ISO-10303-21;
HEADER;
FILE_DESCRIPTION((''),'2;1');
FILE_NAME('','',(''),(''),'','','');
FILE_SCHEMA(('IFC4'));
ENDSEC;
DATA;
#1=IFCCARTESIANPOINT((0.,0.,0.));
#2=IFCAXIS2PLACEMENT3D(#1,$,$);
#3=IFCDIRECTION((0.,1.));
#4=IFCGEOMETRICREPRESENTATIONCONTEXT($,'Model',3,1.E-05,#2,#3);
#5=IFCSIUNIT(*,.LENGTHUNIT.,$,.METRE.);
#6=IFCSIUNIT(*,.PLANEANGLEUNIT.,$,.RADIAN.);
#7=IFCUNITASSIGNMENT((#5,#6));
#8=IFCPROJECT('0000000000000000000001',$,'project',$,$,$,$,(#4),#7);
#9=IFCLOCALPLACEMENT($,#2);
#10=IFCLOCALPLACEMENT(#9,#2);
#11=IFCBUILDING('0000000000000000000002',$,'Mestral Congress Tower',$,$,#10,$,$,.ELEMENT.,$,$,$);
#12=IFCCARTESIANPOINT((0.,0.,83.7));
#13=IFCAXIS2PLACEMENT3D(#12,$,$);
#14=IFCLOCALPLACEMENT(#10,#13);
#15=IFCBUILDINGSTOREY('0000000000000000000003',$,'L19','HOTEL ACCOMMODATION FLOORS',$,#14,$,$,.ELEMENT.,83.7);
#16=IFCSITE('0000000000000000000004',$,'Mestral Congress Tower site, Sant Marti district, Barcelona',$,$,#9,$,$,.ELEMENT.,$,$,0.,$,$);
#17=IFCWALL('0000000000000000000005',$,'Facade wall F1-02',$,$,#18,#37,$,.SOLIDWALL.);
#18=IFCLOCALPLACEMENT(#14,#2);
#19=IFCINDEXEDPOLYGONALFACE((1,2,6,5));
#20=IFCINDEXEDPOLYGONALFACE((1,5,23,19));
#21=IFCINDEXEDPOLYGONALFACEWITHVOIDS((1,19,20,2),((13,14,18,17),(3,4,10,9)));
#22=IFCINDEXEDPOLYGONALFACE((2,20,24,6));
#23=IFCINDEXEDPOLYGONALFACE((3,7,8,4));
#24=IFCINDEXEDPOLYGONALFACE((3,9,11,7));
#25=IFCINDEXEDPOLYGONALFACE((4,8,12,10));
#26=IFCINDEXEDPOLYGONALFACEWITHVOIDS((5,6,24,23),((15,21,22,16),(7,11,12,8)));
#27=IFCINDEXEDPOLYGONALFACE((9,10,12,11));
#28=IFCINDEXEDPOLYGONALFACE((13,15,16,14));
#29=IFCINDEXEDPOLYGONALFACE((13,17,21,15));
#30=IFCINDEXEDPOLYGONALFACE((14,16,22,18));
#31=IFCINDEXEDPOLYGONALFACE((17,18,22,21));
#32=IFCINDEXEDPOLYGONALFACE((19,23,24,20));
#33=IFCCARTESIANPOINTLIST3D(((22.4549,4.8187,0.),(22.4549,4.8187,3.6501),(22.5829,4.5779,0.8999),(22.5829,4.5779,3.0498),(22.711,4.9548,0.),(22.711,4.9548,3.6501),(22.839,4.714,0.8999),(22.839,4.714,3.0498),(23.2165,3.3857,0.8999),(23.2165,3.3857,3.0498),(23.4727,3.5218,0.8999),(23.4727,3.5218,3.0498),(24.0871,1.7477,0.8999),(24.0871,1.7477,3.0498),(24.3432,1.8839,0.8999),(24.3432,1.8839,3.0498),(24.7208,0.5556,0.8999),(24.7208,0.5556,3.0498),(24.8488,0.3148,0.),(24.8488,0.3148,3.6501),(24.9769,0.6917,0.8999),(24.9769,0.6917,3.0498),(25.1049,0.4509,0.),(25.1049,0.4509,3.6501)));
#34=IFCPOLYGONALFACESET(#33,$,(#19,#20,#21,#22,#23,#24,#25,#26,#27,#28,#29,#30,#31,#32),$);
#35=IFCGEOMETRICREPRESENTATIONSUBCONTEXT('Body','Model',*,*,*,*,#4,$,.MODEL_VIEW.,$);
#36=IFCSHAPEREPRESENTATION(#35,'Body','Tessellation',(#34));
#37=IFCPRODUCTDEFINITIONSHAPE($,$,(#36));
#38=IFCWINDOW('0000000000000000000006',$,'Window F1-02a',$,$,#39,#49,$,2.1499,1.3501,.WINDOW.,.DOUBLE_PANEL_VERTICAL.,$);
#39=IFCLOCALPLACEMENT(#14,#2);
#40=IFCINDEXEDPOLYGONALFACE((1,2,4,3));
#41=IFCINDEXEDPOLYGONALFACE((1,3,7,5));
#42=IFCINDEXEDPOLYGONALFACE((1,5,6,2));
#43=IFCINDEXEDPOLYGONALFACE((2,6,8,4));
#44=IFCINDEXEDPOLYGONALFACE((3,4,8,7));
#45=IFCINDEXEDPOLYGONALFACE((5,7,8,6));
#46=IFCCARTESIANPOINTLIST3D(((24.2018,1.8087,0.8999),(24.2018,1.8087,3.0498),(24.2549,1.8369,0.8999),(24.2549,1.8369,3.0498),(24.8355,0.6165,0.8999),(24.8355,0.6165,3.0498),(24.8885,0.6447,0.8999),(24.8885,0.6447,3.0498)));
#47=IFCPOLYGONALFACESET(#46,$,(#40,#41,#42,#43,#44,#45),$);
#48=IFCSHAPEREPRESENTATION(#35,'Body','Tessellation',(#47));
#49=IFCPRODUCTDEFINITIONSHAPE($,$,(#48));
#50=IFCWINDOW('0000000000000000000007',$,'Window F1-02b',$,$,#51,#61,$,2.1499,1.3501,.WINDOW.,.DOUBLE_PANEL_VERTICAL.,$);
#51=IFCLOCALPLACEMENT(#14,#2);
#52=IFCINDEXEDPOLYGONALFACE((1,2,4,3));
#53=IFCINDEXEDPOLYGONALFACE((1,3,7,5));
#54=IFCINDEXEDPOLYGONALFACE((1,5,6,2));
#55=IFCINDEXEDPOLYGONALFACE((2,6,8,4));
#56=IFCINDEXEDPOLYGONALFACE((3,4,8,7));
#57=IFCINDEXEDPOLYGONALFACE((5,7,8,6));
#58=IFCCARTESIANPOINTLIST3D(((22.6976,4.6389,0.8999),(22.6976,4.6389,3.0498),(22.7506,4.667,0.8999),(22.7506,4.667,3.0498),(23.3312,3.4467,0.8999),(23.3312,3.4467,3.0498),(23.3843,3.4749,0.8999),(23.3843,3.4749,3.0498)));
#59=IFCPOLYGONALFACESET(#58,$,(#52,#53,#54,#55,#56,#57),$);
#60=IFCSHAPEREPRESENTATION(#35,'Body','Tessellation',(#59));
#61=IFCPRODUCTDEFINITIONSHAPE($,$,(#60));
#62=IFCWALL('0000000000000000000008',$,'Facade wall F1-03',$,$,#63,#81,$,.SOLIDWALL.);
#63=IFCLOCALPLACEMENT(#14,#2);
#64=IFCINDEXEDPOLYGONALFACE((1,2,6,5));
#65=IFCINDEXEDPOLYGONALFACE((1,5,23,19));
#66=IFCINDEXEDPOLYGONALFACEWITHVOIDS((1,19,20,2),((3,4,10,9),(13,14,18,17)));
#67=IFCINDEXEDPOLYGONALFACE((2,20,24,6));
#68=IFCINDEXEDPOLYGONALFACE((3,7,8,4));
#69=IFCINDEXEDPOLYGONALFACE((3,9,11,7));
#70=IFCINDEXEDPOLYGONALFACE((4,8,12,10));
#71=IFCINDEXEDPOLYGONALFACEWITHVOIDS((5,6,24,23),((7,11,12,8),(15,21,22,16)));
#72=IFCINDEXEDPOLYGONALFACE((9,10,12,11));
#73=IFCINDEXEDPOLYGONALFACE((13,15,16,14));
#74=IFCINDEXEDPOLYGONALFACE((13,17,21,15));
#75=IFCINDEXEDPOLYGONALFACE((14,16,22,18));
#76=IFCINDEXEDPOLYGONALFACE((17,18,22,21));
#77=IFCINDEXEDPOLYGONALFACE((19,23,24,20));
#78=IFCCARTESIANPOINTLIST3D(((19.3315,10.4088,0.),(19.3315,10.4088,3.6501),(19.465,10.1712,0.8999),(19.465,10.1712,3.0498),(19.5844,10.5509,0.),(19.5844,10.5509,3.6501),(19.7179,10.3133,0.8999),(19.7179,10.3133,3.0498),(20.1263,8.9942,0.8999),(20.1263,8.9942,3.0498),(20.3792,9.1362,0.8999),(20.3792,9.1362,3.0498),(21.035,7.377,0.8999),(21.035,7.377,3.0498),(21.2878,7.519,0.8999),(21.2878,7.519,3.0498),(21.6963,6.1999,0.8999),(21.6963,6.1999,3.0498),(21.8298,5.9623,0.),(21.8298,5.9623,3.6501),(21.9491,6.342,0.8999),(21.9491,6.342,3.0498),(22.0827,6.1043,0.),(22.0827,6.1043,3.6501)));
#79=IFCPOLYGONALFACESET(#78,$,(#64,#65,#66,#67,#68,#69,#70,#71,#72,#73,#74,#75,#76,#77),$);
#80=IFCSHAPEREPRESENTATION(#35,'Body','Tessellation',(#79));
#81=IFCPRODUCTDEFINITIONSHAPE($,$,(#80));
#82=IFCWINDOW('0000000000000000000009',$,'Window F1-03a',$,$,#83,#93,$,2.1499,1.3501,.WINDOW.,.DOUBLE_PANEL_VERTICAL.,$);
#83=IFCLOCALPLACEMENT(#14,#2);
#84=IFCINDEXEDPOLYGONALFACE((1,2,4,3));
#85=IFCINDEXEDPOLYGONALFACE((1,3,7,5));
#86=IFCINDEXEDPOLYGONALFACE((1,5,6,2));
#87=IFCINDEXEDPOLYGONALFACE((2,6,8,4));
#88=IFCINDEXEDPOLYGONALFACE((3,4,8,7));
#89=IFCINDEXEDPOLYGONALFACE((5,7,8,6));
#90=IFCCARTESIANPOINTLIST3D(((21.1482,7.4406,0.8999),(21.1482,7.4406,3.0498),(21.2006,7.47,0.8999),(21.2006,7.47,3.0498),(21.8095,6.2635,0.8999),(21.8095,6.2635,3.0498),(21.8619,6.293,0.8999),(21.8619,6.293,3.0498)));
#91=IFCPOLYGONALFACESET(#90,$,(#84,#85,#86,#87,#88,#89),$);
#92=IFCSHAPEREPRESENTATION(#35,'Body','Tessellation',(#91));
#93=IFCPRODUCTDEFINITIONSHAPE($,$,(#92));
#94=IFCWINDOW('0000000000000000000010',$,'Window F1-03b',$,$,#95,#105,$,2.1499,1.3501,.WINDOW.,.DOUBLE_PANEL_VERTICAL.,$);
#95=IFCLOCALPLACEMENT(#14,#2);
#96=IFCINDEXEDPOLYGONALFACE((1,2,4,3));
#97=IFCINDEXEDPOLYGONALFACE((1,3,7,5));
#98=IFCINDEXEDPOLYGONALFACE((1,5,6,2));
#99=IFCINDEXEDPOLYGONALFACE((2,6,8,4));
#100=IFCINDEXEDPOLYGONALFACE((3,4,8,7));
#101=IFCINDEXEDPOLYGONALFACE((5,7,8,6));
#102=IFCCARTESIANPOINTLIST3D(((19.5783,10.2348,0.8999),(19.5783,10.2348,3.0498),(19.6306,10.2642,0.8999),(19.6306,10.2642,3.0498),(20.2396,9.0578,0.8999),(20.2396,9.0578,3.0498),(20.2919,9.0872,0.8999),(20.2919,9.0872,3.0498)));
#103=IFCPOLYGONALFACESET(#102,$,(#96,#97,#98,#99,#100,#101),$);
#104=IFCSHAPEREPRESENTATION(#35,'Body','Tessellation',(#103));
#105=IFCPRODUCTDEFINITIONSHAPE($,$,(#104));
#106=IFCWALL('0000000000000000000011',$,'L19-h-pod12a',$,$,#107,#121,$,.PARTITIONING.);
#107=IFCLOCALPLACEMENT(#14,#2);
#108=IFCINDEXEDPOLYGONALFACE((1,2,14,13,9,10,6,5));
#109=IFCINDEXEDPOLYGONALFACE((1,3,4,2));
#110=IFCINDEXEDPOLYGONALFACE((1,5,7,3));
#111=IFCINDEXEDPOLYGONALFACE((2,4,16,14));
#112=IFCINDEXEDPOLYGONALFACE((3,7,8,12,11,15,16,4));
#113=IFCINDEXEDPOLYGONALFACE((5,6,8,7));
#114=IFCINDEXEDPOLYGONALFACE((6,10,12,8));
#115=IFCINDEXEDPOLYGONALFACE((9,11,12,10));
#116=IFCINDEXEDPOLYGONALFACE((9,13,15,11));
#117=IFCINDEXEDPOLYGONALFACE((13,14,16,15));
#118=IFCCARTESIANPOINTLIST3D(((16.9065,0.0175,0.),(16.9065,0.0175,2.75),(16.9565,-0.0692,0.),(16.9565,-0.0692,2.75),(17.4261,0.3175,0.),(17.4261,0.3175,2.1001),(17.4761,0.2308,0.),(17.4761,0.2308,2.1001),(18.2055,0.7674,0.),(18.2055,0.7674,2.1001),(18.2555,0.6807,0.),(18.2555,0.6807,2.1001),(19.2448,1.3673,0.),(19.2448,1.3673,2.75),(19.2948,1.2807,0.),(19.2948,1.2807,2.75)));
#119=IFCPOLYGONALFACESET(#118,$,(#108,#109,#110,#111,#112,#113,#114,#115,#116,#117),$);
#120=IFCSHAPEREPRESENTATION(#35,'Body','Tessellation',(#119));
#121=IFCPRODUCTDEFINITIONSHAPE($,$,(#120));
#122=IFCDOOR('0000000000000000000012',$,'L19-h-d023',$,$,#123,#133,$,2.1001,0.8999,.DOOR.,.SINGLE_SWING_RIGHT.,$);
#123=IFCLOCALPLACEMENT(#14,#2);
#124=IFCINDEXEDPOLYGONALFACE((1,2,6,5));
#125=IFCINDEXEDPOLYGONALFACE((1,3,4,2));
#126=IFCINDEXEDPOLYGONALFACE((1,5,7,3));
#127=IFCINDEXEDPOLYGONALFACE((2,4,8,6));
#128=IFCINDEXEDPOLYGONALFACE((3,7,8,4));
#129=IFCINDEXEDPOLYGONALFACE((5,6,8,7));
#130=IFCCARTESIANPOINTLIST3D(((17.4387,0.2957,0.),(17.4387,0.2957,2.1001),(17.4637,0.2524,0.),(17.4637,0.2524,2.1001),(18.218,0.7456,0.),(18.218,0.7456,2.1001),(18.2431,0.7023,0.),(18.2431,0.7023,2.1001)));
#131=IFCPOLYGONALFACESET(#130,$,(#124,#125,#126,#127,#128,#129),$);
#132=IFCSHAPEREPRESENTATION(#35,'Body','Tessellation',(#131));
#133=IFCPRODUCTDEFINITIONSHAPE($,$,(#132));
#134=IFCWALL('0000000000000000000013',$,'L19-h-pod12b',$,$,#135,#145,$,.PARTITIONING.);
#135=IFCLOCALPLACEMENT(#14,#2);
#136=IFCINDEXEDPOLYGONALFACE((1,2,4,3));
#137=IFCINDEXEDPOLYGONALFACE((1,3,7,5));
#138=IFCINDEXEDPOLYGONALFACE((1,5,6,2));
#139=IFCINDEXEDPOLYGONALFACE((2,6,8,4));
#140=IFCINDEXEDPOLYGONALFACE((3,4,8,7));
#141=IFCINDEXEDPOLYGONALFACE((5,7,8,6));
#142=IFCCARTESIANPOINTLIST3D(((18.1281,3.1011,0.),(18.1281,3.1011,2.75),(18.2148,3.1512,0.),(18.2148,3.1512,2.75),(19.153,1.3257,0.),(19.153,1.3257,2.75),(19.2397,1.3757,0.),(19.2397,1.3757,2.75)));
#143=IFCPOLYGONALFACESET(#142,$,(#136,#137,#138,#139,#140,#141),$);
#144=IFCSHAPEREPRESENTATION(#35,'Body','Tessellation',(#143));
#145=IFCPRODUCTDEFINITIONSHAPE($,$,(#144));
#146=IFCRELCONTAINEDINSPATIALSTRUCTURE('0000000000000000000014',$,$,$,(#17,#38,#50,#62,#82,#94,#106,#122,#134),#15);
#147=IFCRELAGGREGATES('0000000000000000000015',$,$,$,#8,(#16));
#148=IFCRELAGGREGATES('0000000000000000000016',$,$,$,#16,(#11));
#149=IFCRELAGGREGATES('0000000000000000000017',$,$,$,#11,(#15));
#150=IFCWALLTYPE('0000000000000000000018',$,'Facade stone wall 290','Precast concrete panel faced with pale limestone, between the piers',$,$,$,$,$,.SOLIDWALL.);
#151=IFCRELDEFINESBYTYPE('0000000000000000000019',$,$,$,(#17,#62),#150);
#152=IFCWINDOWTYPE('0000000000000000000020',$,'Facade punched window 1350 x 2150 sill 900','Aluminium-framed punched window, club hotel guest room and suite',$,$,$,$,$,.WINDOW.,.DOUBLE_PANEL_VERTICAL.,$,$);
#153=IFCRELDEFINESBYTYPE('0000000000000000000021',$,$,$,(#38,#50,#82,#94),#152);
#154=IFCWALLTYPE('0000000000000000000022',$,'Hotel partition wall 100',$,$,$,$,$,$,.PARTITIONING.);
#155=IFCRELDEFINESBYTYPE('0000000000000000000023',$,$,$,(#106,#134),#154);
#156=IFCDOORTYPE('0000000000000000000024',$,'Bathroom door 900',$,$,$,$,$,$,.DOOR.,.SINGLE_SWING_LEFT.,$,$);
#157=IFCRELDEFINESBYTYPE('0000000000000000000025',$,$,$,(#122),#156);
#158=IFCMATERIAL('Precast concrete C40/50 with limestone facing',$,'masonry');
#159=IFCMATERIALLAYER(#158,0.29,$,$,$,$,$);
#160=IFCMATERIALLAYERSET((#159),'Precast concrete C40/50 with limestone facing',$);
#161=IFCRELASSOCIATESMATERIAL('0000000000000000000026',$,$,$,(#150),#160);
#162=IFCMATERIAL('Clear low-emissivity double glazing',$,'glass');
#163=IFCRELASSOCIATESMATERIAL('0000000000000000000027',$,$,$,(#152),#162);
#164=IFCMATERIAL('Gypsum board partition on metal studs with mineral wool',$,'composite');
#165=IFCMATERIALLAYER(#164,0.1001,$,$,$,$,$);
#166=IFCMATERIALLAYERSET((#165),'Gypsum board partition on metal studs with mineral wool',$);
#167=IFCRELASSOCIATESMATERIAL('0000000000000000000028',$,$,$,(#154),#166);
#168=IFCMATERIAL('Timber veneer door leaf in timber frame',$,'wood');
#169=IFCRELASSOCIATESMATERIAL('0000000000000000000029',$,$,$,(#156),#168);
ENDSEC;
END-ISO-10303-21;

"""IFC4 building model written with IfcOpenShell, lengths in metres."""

from ifc_helpers import new_model, si_unit, direction, frame, frame_2d, origin, place, context, subcontext, project, spatial, rectangle, extrude, material, layer, layer_set, type_object, element, fill, save


model = new_model("IFC4")

# Units and contexts
model_context = context("Model", 3, precision=1e-05, world=origin(), true_north=direction((0.0, 1.0)))
body_context = subcontext(model_context, "Body", "Model", "MODEL_VIEW")
ifc_project = project(units=[si_unit("LENGTHUNIT", "METRE"), si_unit("PLANEANGLEUNIT", "RADIAN")], contexts=[model_context])

# Site, building, storey
site_placement = place(None, origin())
site = spatial("IfcSite", under=ifc_project, at=site_placement, Name="Mestral Congress Tower site, Sant Marti district, Barcelona", CompositionType="ELEMENT", RefElevation=0.0)
building_placement = place(site_placement, origin())
building = spatial("IfcBuilding", under=site, at=building_placement, Name="Mestral Congress Tower", CompositionType="ELEMENT")
storey_placement = place(building_placement, frame((0.0, 0.0, 83.7)))
storey = spatial("IfcBuildingStorey", under=building, at=storey_placement, Name="L19", Description="HOTEL ACCOMMODATION FLOORS", CompositionType="ELEMENT", Elevation=83.7)

# Walls, openings, windows
ifc_material_1 = material(Name="Precast concrete C40/50 with limestone facing", Category="masonry")
ifc_layer_1 = layer(ifc_material_1, 0.29)
ifc_layer_set_1 = layer_set([ifc_layer_1], Name="Precast concrete C40/50 with limestone facing")
wall_type_1 = type_object("IfcWallType", Name="Facade stone wall 290", Description="Precast concrete panel faced with pale limestone, between the piers", PredefinedType="SOLIDWALL", material=ifc_layer_set_1)
wall_1_placement = place(storey_placement, frame((24.9768, 0.3828, 0.0), z_axis=(0.0, 0.0, 1.0), x_axis=(-0.469323, 0.883026, 0.0)))
wall_1 = element("IfcWall", 1, at=wall_1_placement, inside=storey, type_object=wall_type_1, Name="Facade wall F1-02", PredefinedType="SOLIDWALL", context=body_context, shape_type="SweptSolid", body=[
    extrude(rectangle(XDim=5.1006, YDim=0.29, at=frame_2d((2.5503, 0.0))), origin(), (0.0, 0.0, 1.0), 3.6501),
])
opening_1_placement = place(wall_1_placement, frame((0.2727, 0.0, 0.8999)))
opening_1 = element("IfcOpeningElement", 2, at=opening_1_placement, cuts=wall_1, PredefinedType="OPENING", context=body_context, shape_type="SweptSolid", body=[
    extrude(rectangle(XDim=1.3501, YDim=2.1499, at=frame_2d((0.675, 1.075))), frame((0.0, 0.155, 0.0), z_axis=(0.0, -1.0, 0.0), x_axis=(1.0, 0.0, 0.0)), (0.0, 0.0, 1.0), 0.3101),
])
opening_2_placement = place(wall_1_placement, frame((3.4778, 0.0, 0.8999)))
opening_2 = element("IfcOpeningElement", 3, at=opening_2_placement, cuts=wall_1, PredefinedType="OPENING", context=body_context, shape_type="SweptSolid", body=[
    extrude(rectangle(XDim=1.3501, YDim=2.1499, at=frame_2d((0.675, 1.075))), frame((0.0, 0.155, 0.0), z_axis=(0.0, -1.0, 0.0), x_axis=(1.0, 0.0, 0.0)), (0.0, 0.0, 1.0), 0.3101),
])
ifc_material_2 = material(Name="Clear low-emissivity double glazing", Category="glass")
window_type = type_object("IfcWindowType", Name="Facade punched window 1350 x 2150 sill 900", Description="Aluminium-framed punched window, club hotel guest room and suite", PartitioningType="DOUBLE_PANEL_VERTICAL", PredefinedType="WINDOW", material=ifc_material_2)
window_1_placement = place(opening_1_placement, origin())
window_1 = element("IfcWindow", 4, at=window_1_placement, inside=storey, type_object=window_type, Name="Window F1-02a", OverallHeight=2.1499, OverallWidth=1.3501, PartitioningType="DOUBLE_PANEL_VERTICAL", PredefinedType="WINDOW", context=body_context, shape_type="SweptSolid", body=[
    extrude(rectangle(XDim=1.3501, YDim=2.1499, at=frame_2d((0.675, 1.075))), frame((0.0, 0.0151, 0.0), z_axis=(0.0, -1.0, 0.0), x_axis=(1.0, 0.0, 0.0)), (0.0, 0.0, 1.0), 0.0601),
])
fill(opening_1, window_1)
window_2_placement = place(opening_2_placement, origin())
window_2 = element("IfcWindow", 5, at=window_2_placement, inside=storey, type_object=window_type, Name="Window F1-02b", OverallHeight=2.1499, OverallWidth=1.3501, PartitioningType="DOUBLE_PANEL_VERTICAL", PredefinedType="WINDOW", context=body_context, shape_type="SweptSolid", body=[
    extrude(rectangle(XDim=1.3501, YDim=2.1499, at=frame_2d((0.675, 1.075))), frame((0.0, 0.0151, 0.0), z_axis=(0.0, -1.0, 0.0), x_axis=(1.0, 0.0, 0.0)), (0.0, 0.0, 1.0), 0.0601),
])
fill(opening_2, window_2)
wall_2_placement = place(storey_placement, frame((21.9563, 6.0332, 0.0), z_axis=(0.0, 0.0, 1.0), x_axis=(-0.489832, 0.871817, 0.0)))
wall_2 = element("IfcWall", 6, at=wall_2_placement, inside=storey, type_object=wall_type_1, Name="Facade wall F1-03", PredefinedType="SOLIDWALL", context=body_context, shape_type="SweptSolid", body=[
    extrude(rectangle(XDim=5.1003, YDim=0.29, at=frame_2d((2.5503, 0.0))), origin(), (0.0, 0.0, 1.0), 3.6501),
])
opening_3_placement = place(wall_2_placement, frame((0.2727, 0.0, 0.8999)))
opening_3 = element("IfcOpeningElement", 7, at=opening_3_placement, cuts=wall_2, PredefinedType="OPENING", context=body_context, shape_type="SweptSolid", body=[
    extrude(rectangle(XDim=1.3501, YDim=2.1499, at=frame_2d((0.675, 1.075))), frame((0.0, 0.155, 0.0), z_axis=(0.0, -1.0, 0.0), x_axis=(1.0, 0.0, 0.0)), (0.0, 0.0, 1.0), 0.3101),
])
opening_4_placement = place(wall_2_placement, frame((3.4778, 0.0, 0.8999)))
opening_4 = element("IfcOpeningElement", 8, at=opening_4_placement, cuts=wall_2, PredefinedType="OPENING", context=body_context, shape_type="SweptSolid", body=[
    extrude(rectangle(XDim=1.3501, YDim=2.1499, at=frame_2d((0.675, 1.075))), frame((0.0, 0.155, 0.0), z_axis=(0.0, -1.0, 0.0), x_axis=(1.0, 0.0, 0.0)), (0.0, 0.0, 1.0), 0.3101),
])
window_3_placement = place(opening_3_placement, origin())
window_3 = element("IfcWindow", 9, at=window_3_placement, inside=storey, type_object=window_type, Name="Window F1-03a", OverallHeight=2.1499, OverallWidth=1.3501, PartitioningType="DOUBLE_PANEL_VERTICAL", PredefinedType="WINDOW", context=body_context, shape_type="SweptSolid", body=[
    extrude(rectangle(XDim=1.3501, YDim=2.1499, at=frame_2d((0.675, 1.075))), frame((0.0, 0.0151, 0.0), z_axis=(0.0, -1.0, 0.0), x_axis=(1.0, 0.0, 0.0)), (0.0, 0.0, 1.0), 0.0601),
])
fill(opening_3, window_3)
window_4_placement = place(opening_4_placement, origin())
window_4 = element("IfcWindow", 10, at=window_4_placement, inside=storey, type_object=window_type, Name="Window F1-03b", OverallHeight=2.1499, OverallWidth=1.3501, PartitioningType="DOUBLE_PANEL_VERTICAL", PredefinedType="WINDOW", context=body_context, shape_type="SweptSolid", body=[
    extrude(rectangle(XDim=1.3501, YDim=2.1499, at=frame_2d((0.675, 1.075))), frame((0.0, 0.0151, 0.0), z_axis=(0.0, -1.0, 0.0), x_axis=(1.0, 0.0, 0.0)), (0.0, 0.0, 1.0), 0.0601),
])
fill(opening_4, window_4)

# Wall, opening, door
ifc_material_3 = material(Name="Gypsum board partition on metal studs with mineral wool", Category="composite")
ifc_layer_2 = layer(ifc_material_3, 0.1001)
ifc_layer_set_2 = layer_set([ifc_layer_2], Name="Gypsum board partition on metal studs with mineral wool")
wall_type_2 = type_object("IfcWallType", Name="Hotel partition wall 100", PredefinedType="PARTITIONING", material=ifc_layer_set_2)
wall_3_placement = place(storey_placement, frame((16.9314, -0.0259, 0.0), z_axis=(0.0, 0.0, 1.0), x_axis=(0.866059, 0.499942, 0.0)))
wall_3 = element("IfcWall", 11, at=wall_3_placement, inside=storey, type_object=wall_type_2, Name="L19-h-pod12a", PredefinedType="PARTITIONING", context=body_context, shape_type="SweptSolid", body=[
    extrude(rectangle(XDim=2.7, YDim=0.1001, at=frame_2d((1.3501, 0.0))), origin(), (0.0, 0.0, 1.0), 2.75),
])
opening_5_placement = place(wall_3_placement, frame((0.6001, 0.0, 0.0)))
opening_5 = element("IfcOpeningElement", 12, at=opening_5_placement, cuts=wall_3, PredefinedType="OPENING", context=body_context, shape_type="SweptSolid", body=[
    extrude(rectangle(XDim=0.8999, YDim=2.1001, at=frame_2d((0.45, 1.05))), frame((0.0, 0.0601, 0.0), z_axis=(0.0, -1.0, 0.0), x_axis=(1.0, 0.0, 0.0)), (0.0, 0.0, 1.0), 0.1201),
])
ifc_material_4 = material(Name="Timber veneer door leaf in timber frame", Category="wood")
door_type_1 = type_object("IfcDoorType", Name="Bathroom door 900", OperationType="SINGLE_SWING_LEFT", PredefinedType="DOOR", material=ifc_material_4)
door_1_placement = place(opening_5_placement, origin())
door_1 = element("IfcDoor", 13, at=door_1_placement, inside=storey, type_object=door_type_1, Name="L19-h-d023", OperationType="SINGLE_SWING_RIGHT", OverallHeight=2.1001, OverallWidth=0.8999, PredefinedType="DOOR", context=body_context, shape_type="SweptSolid", body=[
    extrude(rectangle(XDim=0.8999, YDim=2.1001, at=frame_2d((0.45, 1.05))), frame((0.0, 0.0249, 0.0), z_axis=(0.0, -1.0, 0.0), x_axis=(1.0, 0.0, 0.0)), (0.0, 0.0, 1.0), 0.05),
])
fill(opening_5, door_1)

# Wall
wall_4_placement = place(storey_placement, frame((19.1963, 1.3508, 0.0), z_axis=(0.0, 0.0, 1.0), x_axis=(-0.499956, 0.866051, 0.0)))
element("IfcWall", 14, at=wall_4_placement, inside=storey, type_object=wall_type_2, Name="L19-h-pod12b", PredefinedType="PARTITIONING", context=body_context, shape_type="SweptSolid", body=[
    extrude(rectangle(XDim=2.05, YDim=0.1001, at=frame_2d((1.0249, 0.0))), origin(), (0.0, 0.0, 1.0), 2.75),
])

save(model, "model.ifc")
